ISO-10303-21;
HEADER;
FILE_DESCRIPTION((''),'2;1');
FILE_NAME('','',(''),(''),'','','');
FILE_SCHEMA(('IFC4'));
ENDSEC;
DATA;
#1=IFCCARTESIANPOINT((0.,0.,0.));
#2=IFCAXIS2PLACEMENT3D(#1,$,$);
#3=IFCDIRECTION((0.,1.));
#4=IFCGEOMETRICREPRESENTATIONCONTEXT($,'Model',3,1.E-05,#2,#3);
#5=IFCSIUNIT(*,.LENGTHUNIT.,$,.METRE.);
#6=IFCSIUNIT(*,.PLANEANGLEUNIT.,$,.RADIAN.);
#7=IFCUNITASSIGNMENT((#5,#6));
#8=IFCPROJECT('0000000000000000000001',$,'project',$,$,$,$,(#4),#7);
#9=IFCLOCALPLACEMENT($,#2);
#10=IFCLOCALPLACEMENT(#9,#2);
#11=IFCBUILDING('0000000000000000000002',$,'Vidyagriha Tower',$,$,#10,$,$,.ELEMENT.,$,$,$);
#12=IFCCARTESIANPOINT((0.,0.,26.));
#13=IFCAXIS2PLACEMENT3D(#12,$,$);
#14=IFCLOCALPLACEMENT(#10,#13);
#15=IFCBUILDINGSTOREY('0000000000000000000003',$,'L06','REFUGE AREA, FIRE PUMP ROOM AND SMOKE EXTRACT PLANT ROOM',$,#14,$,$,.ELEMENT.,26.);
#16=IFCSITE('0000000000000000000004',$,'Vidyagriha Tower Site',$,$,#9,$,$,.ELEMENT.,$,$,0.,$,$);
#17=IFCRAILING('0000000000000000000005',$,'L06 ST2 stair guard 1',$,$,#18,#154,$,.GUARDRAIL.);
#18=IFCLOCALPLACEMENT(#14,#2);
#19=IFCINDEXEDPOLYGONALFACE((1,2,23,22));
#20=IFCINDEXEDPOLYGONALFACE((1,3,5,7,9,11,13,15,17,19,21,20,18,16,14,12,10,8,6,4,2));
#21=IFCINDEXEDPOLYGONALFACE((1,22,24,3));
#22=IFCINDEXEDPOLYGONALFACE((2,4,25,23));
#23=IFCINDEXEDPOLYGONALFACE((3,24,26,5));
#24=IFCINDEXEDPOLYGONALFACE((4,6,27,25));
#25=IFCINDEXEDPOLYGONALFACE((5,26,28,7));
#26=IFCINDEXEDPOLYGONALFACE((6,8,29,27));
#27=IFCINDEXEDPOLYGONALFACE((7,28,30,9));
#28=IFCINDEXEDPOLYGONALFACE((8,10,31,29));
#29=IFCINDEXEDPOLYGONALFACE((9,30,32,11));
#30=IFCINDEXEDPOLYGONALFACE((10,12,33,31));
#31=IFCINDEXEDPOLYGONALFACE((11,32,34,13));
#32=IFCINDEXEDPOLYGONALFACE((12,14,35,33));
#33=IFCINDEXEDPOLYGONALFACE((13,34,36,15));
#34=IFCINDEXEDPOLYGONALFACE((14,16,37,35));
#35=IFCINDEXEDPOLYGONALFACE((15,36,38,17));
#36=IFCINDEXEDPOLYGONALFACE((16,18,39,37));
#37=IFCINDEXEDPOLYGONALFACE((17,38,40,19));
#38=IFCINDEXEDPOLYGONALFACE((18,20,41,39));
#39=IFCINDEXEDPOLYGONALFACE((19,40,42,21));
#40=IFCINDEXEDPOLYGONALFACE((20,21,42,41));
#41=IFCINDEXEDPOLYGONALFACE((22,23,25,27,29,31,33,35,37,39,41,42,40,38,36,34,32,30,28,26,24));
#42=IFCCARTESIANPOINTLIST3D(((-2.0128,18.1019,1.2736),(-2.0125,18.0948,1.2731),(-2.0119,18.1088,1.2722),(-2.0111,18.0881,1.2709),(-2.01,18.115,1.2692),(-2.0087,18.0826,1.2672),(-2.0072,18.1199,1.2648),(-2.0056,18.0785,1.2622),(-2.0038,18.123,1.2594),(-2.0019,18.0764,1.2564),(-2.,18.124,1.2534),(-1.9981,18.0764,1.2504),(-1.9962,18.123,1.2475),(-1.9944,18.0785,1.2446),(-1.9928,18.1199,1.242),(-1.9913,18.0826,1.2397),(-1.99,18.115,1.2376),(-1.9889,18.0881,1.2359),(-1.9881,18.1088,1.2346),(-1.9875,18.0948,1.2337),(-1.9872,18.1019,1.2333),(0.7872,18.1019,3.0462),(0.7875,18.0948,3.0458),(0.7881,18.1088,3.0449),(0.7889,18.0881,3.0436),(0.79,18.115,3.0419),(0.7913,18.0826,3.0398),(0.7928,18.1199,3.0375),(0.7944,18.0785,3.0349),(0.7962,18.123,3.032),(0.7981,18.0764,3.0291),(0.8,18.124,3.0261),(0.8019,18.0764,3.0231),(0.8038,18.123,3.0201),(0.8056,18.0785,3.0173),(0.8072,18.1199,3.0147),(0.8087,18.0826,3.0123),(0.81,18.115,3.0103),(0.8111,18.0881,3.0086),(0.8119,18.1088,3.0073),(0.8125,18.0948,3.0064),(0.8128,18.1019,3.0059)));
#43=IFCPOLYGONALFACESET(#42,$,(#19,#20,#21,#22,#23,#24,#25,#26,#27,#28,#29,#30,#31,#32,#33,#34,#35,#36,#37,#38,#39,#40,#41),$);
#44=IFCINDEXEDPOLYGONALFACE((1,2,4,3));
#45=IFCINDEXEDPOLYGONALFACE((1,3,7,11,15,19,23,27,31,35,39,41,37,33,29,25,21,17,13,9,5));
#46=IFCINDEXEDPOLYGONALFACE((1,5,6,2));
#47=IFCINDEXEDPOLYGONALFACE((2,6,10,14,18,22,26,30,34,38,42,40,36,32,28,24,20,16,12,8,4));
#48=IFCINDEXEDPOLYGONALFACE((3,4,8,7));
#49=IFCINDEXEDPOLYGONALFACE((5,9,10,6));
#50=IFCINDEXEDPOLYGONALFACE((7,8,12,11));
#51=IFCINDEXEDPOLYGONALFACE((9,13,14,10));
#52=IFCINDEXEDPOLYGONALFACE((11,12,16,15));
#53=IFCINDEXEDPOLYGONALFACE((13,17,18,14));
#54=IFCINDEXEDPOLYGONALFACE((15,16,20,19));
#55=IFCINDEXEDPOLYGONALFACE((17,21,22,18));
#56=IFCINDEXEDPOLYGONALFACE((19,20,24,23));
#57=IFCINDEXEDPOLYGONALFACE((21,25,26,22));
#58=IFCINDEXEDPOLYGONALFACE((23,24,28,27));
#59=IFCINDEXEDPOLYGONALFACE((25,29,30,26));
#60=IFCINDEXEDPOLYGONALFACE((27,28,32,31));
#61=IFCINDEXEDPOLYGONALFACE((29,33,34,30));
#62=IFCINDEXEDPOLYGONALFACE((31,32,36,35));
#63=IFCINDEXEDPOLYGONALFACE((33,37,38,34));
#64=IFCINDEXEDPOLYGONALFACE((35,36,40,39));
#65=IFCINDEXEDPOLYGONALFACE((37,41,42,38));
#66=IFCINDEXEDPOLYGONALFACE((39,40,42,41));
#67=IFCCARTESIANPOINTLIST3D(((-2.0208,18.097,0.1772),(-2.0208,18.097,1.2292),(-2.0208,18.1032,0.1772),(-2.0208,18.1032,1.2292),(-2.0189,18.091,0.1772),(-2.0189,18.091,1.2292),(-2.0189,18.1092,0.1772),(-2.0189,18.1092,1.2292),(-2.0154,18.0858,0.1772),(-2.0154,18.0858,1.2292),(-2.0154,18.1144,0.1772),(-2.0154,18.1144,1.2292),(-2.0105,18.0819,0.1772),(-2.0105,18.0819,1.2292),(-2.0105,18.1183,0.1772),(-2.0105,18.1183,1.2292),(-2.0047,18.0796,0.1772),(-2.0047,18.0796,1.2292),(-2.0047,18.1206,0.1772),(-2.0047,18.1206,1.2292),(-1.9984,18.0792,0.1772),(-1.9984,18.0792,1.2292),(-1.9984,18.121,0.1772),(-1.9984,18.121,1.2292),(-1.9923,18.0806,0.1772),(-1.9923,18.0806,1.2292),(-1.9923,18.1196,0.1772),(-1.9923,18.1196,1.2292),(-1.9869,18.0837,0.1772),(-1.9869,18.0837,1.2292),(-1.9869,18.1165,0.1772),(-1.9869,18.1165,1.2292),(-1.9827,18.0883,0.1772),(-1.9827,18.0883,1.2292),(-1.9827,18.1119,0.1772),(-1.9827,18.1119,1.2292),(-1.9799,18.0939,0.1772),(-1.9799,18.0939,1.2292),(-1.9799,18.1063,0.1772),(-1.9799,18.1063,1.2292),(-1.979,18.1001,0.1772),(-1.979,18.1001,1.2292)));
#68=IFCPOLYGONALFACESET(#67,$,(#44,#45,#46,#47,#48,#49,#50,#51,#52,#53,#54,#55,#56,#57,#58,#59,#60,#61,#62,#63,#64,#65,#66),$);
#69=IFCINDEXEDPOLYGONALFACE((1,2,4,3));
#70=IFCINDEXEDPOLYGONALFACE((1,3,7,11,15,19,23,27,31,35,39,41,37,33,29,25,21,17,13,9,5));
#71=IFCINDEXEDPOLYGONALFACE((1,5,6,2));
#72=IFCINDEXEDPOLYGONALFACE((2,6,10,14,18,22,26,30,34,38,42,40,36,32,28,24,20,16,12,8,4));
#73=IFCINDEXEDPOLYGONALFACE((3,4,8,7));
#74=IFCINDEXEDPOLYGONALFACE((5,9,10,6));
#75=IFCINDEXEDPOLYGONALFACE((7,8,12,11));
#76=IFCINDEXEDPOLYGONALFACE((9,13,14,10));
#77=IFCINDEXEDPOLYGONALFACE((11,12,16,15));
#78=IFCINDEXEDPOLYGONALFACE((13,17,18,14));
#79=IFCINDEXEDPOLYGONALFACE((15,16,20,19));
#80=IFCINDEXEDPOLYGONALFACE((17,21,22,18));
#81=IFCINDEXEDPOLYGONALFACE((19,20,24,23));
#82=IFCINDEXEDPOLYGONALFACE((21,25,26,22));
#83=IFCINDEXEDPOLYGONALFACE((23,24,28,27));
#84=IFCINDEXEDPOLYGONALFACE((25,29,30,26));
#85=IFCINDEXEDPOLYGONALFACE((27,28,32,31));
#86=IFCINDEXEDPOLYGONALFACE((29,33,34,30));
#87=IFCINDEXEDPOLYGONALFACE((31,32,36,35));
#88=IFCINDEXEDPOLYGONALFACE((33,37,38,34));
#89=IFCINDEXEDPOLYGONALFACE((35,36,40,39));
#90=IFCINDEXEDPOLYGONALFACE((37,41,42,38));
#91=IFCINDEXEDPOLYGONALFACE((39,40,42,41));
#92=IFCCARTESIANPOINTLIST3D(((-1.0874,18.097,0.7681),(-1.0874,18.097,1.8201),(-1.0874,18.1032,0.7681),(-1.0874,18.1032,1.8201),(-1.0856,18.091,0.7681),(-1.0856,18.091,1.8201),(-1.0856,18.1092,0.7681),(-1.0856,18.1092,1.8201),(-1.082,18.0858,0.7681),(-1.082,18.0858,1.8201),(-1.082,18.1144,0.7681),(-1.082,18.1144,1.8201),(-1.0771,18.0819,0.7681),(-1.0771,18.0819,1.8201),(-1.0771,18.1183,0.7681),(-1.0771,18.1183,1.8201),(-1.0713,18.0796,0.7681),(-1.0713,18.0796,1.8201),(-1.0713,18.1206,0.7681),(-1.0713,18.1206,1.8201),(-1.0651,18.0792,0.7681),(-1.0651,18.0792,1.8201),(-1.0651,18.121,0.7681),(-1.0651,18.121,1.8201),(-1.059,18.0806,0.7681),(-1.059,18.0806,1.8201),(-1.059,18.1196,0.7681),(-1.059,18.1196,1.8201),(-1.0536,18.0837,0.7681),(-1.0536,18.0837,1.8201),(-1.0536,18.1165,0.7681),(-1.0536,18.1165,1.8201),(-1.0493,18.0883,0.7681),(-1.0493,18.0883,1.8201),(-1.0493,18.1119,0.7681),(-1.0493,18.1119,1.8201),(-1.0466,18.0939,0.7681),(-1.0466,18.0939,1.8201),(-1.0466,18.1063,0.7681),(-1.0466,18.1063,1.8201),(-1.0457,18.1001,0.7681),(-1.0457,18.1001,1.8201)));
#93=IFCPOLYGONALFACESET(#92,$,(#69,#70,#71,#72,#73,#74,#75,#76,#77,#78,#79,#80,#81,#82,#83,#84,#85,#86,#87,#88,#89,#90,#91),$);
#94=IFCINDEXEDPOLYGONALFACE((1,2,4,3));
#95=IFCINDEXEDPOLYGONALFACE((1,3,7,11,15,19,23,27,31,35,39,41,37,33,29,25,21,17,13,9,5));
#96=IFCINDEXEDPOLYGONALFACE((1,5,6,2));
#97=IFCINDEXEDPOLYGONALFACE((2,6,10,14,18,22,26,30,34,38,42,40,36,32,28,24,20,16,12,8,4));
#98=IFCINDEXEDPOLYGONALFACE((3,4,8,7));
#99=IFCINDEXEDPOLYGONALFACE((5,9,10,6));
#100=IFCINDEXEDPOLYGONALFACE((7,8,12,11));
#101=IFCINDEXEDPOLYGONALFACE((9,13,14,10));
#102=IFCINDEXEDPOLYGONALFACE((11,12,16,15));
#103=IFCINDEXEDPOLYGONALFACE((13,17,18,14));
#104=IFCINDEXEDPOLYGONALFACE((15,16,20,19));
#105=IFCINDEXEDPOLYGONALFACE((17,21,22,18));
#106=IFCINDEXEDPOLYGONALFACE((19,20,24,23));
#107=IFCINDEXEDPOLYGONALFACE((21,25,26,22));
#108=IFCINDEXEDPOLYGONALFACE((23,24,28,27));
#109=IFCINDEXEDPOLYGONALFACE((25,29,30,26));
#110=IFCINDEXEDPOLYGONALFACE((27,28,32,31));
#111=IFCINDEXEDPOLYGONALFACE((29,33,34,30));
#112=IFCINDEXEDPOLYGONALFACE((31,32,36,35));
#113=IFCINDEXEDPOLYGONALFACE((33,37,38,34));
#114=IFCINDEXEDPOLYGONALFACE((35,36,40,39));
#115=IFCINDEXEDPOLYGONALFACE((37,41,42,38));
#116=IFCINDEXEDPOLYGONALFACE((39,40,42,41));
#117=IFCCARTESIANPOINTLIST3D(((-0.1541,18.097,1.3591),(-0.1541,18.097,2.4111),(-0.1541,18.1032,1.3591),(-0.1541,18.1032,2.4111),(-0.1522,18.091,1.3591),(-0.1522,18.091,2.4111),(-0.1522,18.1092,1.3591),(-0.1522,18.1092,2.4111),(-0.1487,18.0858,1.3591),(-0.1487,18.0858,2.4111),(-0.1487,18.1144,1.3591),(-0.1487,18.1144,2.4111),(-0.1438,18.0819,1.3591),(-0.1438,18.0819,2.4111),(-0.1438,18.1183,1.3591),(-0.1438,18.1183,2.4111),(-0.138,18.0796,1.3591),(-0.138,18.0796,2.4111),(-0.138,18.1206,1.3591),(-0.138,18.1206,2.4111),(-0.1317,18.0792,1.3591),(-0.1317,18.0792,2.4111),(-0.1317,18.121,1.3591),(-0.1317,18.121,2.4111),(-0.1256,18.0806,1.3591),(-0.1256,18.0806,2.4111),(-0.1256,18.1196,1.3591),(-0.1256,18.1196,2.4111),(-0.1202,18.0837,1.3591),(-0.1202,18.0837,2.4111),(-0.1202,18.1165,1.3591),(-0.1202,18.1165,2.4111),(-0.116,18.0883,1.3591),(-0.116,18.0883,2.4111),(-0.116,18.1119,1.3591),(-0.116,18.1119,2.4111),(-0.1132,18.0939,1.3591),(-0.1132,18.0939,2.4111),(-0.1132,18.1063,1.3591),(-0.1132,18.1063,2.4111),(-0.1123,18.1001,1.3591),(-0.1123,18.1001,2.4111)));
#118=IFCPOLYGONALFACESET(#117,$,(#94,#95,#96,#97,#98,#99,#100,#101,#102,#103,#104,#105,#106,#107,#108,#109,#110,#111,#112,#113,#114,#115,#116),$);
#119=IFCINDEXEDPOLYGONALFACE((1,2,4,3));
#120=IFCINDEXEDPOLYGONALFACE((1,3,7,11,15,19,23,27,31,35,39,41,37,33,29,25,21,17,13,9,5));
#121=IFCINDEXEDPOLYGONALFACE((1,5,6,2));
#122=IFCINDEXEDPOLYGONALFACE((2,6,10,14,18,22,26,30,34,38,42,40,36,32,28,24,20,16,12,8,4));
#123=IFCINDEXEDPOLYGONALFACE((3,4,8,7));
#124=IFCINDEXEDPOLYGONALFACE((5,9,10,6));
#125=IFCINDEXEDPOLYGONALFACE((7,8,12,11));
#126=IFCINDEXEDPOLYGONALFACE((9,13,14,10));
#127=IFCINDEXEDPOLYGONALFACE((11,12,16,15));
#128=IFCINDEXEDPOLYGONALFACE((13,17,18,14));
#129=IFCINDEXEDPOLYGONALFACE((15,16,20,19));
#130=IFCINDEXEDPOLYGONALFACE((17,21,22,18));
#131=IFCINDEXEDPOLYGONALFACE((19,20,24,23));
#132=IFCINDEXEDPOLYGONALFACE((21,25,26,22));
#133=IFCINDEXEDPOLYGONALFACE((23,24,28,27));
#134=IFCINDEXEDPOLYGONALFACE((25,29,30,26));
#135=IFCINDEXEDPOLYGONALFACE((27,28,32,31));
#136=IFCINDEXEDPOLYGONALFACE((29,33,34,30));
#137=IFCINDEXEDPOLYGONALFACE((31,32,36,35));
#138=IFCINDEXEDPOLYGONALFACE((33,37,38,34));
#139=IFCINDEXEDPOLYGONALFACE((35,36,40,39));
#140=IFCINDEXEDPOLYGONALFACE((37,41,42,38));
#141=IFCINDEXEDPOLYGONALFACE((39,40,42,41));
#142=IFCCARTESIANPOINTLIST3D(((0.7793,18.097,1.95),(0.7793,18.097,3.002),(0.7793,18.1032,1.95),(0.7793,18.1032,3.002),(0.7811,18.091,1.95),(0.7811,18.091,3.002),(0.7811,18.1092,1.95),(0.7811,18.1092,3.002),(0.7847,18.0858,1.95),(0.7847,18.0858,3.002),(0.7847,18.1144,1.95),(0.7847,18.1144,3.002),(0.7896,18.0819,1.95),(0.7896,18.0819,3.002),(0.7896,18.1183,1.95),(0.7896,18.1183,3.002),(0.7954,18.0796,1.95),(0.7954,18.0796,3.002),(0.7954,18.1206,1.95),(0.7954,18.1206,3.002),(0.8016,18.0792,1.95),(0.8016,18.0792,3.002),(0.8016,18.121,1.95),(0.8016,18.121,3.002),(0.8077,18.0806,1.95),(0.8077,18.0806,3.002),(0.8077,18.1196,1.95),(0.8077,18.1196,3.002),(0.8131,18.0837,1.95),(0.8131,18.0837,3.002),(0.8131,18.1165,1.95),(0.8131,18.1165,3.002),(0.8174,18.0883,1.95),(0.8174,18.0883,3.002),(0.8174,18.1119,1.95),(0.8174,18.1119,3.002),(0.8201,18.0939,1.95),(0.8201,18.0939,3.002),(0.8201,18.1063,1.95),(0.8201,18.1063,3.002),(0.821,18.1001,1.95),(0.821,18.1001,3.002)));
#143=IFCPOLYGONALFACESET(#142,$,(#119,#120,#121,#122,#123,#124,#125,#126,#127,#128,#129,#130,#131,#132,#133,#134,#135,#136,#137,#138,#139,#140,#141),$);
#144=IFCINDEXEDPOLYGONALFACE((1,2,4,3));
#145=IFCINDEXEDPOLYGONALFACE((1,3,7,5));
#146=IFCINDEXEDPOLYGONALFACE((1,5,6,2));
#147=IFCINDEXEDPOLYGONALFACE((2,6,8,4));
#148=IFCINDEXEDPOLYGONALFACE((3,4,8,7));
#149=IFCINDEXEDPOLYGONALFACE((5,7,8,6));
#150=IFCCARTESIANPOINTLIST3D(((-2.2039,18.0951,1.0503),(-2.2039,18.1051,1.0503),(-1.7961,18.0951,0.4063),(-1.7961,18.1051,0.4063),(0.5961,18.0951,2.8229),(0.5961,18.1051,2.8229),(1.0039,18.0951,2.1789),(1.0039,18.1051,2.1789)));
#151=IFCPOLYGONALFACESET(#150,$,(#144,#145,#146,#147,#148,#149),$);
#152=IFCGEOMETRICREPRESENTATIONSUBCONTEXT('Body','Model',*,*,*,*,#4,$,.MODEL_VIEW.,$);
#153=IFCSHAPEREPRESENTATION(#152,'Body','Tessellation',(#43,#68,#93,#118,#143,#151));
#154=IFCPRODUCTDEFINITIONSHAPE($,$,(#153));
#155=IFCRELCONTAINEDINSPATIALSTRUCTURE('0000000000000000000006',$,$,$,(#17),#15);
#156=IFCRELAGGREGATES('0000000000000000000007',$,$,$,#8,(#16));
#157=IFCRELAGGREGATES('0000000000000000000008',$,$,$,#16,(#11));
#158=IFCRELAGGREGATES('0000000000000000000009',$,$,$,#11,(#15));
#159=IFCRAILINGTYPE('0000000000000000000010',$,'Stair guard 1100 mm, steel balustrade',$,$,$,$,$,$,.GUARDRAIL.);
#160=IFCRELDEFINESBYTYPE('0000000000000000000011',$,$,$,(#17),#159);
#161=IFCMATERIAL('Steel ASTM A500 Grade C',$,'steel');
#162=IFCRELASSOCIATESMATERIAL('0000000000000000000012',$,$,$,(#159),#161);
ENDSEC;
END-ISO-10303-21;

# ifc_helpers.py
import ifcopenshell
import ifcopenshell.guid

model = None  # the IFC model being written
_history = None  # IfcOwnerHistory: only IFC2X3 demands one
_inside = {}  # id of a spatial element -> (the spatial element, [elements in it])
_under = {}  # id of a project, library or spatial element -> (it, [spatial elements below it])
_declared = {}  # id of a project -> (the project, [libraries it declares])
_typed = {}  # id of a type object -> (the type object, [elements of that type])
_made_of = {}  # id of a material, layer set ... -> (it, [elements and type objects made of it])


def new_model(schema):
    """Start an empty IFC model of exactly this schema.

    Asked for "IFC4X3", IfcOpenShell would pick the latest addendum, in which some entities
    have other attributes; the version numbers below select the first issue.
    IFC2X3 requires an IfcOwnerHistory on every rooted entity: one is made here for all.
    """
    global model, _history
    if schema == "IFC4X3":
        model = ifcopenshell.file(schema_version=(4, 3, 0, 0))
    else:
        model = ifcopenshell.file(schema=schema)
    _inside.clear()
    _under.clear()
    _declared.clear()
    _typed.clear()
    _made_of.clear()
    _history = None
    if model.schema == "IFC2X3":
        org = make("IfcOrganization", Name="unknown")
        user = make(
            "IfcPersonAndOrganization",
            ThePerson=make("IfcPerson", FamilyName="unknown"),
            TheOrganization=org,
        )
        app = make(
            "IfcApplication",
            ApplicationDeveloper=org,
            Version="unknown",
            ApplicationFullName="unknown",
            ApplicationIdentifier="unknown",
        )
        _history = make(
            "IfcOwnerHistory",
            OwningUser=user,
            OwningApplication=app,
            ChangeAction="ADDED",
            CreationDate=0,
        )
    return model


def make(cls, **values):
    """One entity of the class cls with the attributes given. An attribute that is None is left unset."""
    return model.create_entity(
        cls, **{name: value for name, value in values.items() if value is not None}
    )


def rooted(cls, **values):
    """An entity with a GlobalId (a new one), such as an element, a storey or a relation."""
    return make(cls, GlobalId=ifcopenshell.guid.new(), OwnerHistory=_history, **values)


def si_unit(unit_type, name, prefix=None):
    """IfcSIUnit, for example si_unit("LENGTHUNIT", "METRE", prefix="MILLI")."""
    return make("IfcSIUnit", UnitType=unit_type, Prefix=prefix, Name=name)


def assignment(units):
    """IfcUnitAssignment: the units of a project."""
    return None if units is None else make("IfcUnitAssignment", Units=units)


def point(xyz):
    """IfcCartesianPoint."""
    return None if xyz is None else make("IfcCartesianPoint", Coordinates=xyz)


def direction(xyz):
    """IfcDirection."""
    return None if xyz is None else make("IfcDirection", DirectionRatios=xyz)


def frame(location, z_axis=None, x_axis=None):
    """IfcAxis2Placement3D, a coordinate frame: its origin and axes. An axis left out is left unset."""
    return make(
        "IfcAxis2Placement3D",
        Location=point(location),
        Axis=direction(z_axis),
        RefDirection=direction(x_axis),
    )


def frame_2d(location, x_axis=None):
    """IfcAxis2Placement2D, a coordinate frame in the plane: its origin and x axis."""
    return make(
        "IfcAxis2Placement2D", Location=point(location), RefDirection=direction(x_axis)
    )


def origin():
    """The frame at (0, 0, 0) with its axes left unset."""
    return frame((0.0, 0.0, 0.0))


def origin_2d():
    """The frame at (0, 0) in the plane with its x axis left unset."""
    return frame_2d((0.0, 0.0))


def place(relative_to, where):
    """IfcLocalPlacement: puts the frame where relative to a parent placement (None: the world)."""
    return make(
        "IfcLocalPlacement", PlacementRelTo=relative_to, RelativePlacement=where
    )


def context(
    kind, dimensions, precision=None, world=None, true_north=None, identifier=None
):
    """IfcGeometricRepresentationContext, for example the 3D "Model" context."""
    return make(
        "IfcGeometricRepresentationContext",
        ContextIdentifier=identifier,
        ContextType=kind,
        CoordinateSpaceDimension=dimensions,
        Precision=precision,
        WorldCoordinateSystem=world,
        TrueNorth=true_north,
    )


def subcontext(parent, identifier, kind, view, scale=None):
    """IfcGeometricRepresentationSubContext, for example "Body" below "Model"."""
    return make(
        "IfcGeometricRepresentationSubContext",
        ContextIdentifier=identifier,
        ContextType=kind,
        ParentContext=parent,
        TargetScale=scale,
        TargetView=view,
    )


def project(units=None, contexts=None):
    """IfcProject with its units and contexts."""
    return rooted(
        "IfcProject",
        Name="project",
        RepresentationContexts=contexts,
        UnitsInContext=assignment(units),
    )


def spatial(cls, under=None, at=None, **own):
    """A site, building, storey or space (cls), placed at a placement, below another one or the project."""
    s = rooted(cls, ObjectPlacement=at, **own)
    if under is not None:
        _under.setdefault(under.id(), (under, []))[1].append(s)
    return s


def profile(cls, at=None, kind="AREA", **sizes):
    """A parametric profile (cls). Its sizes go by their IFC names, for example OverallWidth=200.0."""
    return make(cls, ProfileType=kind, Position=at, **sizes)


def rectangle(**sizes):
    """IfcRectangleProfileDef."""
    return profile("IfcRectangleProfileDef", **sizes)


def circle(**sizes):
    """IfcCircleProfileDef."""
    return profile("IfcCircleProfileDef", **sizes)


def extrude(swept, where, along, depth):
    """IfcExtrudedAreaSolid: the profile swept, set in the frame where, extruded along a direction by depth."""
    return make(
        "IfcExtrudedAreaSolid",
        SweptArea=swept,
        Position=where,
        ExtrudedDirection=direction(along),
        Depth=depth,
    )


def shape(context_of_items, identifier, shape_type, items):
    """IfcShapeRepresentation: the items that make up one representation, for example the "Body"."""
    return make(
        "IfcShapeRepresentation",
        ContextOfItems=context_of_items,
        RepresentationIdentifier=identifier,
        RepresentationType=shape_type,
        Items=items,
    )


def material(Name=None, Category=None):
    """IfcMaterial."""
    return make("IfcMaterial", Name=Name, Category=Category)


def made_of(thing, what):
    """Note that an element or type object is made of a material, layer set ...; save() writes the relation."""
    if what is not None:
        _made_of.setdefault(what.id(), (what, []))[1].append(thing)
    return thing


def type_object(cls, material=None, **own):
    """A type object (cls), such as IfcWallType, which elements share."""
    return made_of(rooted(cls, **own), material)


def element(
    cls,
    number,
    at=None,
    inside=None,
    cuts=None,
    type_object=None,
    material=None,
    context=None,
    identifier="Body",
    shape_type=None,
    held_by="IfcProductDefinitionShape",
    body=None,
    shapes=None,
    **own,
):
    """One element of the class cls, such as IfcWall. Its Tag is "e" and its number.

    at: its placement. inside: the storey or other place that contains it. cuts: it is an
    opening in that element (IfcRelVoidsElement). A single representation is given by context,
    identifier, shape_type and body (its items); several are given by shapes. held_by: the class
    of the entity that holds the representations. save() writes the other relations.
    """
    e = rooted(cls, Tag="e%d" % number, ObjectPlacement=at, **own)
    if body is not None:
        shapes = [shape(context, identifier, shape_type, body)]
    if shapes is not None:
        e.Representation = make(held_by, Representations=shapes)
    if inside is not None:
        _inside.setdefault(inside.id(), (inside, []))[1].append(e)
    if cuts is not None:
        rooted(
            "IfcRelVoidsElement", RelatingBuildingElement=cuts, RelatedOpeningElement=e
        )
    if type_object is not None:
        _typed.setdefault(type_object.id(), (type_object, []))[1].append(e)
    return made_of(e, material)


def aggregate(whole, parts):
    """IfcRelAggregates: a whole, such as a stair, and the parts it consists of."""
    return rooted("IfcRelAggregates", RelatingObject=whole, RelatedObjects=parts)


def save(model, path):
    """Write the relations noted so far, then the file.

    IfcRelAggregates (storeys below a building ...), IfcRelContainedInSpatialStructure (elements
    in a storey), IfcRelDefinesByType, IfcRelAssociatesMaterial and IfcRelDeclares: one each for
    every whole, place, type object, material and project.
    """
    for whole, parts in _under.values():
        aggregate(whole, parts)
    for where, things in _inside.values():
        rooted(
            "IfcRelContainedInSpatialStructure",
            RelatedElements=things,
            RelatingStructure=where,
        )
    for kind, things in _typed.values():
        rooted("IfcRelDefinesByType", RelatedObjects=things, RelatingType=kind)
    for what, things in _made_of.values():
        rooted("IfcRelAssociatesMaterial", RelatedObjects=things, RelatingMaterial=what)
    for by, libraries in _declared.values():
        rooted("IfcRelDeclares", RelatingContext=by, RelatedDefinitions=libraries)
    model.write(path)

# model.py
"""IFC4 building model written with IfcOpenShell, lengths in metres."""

from ifc_helpers import new_model, si_unit, direction, frame, origin, origin_2d, place, context, subcontext, project, spatial, rectangle, circle, extrude, material, type_object, element, save


model = new_model("IFC4")

# Units and contexts
model_context = context("Model", 3, precision=1e-05, world=origin(), true_north=direction((0.0, 1.0)))
body_context = subcontext(model_context, "Body", "Model", "MODEL_VIEW")
ifc_project = project(units=[si_unit("LENGTHUNIT", "METRE"), si_unit("PLANEANGLEUNIT", "RADIAN")], contexts=[model_context])

# Site, building, storey
site_placement = place(None, origin())
site = spatial("IfcSite", under=ifc_project, at=site_placement, Name="Vidyagriha Tower Site", CompositionType="ELEMENT", RefElevation=0.0)
building_placement = place(site_placement, origin())
building = spatial("IfcBuilding", under=site, at=building_placement, Name="Vidyagriha Tower", CompositionType="ELEMENT")
storey_placement = place(building_placement, frame((0.0, 0.0, 26.0)))
storey = spatial("IfcBuildingStorey", under=building, at=storey_placement, Name="L06", Description="REFUGE AREA, FIRE PUMP ROOM AND SMOKE EXTRACT PLANT ROOM", CompositionType="ELEMENT", Elevation=26.0)

# Railing
ifc_material_1 = material(Name="Steel ASTM A500 Grade C", Category="steel")
railing_type_1 = type_object("IfcRailingType", Name="Stair guard 1100 mm, steel balustrade", PredefinedType="GUARDRAIL", material=ifc_material_1)
railing_1_placement = place(storey_placement, frame((-2.0, 18.1001, 0.1772)))
element("IfcRailing", 1, at=railing_1_placement, inside=storey, type_object=railing_type_1, Name="L06 ST2 stair guard 1", PredefinedType="GUARDRAIL", context=body_context, shape_type="SweptSolid", body=[
    extrude(circle(Radius=0.0239, at=origin_2d()), frame((0.0, 0.0, 1.0762), z_axis=(0.844909, 0.0, 0.53491), x_axis=(0.0, 1.0, 0.0)), (0.0, 0.0, 1.0), 3.314),
    extrude(circle(Radius=0.021, at=origin_2d()), origin(), (0.0, 0.0, 1.0), 1.052),
    extrude(circle(Radius=0.021, at=origin_2d()), frame((0.9333, 0.0, 0.5908)), (0.0, 0.0, 1.0), 1.052),
    extrude(circle(Radius=0.021, at=origin_2d()), frame((1.8667, 0.0, 1.1819)), (0.0, 0.0, 1.0), 1.052),
    extrude(circle(Radius=0.021, at=origin_2d()), frame((2.8, 0.0, 1.7727)), (0.0, 0.0, 1.0), 1.052),
    extrude(rectangle(XDim=0.01, YDim=0.7622, at=origin_2d()), frame((0.0, 0.0, 0.551), z_axis=(0.844909, 0.0, 0.53491), x_axis=(0.0, 1.0, 0.0)), (0.0, 0.0, 1.0), 3.314),
])

save(model, "model.ifc")
